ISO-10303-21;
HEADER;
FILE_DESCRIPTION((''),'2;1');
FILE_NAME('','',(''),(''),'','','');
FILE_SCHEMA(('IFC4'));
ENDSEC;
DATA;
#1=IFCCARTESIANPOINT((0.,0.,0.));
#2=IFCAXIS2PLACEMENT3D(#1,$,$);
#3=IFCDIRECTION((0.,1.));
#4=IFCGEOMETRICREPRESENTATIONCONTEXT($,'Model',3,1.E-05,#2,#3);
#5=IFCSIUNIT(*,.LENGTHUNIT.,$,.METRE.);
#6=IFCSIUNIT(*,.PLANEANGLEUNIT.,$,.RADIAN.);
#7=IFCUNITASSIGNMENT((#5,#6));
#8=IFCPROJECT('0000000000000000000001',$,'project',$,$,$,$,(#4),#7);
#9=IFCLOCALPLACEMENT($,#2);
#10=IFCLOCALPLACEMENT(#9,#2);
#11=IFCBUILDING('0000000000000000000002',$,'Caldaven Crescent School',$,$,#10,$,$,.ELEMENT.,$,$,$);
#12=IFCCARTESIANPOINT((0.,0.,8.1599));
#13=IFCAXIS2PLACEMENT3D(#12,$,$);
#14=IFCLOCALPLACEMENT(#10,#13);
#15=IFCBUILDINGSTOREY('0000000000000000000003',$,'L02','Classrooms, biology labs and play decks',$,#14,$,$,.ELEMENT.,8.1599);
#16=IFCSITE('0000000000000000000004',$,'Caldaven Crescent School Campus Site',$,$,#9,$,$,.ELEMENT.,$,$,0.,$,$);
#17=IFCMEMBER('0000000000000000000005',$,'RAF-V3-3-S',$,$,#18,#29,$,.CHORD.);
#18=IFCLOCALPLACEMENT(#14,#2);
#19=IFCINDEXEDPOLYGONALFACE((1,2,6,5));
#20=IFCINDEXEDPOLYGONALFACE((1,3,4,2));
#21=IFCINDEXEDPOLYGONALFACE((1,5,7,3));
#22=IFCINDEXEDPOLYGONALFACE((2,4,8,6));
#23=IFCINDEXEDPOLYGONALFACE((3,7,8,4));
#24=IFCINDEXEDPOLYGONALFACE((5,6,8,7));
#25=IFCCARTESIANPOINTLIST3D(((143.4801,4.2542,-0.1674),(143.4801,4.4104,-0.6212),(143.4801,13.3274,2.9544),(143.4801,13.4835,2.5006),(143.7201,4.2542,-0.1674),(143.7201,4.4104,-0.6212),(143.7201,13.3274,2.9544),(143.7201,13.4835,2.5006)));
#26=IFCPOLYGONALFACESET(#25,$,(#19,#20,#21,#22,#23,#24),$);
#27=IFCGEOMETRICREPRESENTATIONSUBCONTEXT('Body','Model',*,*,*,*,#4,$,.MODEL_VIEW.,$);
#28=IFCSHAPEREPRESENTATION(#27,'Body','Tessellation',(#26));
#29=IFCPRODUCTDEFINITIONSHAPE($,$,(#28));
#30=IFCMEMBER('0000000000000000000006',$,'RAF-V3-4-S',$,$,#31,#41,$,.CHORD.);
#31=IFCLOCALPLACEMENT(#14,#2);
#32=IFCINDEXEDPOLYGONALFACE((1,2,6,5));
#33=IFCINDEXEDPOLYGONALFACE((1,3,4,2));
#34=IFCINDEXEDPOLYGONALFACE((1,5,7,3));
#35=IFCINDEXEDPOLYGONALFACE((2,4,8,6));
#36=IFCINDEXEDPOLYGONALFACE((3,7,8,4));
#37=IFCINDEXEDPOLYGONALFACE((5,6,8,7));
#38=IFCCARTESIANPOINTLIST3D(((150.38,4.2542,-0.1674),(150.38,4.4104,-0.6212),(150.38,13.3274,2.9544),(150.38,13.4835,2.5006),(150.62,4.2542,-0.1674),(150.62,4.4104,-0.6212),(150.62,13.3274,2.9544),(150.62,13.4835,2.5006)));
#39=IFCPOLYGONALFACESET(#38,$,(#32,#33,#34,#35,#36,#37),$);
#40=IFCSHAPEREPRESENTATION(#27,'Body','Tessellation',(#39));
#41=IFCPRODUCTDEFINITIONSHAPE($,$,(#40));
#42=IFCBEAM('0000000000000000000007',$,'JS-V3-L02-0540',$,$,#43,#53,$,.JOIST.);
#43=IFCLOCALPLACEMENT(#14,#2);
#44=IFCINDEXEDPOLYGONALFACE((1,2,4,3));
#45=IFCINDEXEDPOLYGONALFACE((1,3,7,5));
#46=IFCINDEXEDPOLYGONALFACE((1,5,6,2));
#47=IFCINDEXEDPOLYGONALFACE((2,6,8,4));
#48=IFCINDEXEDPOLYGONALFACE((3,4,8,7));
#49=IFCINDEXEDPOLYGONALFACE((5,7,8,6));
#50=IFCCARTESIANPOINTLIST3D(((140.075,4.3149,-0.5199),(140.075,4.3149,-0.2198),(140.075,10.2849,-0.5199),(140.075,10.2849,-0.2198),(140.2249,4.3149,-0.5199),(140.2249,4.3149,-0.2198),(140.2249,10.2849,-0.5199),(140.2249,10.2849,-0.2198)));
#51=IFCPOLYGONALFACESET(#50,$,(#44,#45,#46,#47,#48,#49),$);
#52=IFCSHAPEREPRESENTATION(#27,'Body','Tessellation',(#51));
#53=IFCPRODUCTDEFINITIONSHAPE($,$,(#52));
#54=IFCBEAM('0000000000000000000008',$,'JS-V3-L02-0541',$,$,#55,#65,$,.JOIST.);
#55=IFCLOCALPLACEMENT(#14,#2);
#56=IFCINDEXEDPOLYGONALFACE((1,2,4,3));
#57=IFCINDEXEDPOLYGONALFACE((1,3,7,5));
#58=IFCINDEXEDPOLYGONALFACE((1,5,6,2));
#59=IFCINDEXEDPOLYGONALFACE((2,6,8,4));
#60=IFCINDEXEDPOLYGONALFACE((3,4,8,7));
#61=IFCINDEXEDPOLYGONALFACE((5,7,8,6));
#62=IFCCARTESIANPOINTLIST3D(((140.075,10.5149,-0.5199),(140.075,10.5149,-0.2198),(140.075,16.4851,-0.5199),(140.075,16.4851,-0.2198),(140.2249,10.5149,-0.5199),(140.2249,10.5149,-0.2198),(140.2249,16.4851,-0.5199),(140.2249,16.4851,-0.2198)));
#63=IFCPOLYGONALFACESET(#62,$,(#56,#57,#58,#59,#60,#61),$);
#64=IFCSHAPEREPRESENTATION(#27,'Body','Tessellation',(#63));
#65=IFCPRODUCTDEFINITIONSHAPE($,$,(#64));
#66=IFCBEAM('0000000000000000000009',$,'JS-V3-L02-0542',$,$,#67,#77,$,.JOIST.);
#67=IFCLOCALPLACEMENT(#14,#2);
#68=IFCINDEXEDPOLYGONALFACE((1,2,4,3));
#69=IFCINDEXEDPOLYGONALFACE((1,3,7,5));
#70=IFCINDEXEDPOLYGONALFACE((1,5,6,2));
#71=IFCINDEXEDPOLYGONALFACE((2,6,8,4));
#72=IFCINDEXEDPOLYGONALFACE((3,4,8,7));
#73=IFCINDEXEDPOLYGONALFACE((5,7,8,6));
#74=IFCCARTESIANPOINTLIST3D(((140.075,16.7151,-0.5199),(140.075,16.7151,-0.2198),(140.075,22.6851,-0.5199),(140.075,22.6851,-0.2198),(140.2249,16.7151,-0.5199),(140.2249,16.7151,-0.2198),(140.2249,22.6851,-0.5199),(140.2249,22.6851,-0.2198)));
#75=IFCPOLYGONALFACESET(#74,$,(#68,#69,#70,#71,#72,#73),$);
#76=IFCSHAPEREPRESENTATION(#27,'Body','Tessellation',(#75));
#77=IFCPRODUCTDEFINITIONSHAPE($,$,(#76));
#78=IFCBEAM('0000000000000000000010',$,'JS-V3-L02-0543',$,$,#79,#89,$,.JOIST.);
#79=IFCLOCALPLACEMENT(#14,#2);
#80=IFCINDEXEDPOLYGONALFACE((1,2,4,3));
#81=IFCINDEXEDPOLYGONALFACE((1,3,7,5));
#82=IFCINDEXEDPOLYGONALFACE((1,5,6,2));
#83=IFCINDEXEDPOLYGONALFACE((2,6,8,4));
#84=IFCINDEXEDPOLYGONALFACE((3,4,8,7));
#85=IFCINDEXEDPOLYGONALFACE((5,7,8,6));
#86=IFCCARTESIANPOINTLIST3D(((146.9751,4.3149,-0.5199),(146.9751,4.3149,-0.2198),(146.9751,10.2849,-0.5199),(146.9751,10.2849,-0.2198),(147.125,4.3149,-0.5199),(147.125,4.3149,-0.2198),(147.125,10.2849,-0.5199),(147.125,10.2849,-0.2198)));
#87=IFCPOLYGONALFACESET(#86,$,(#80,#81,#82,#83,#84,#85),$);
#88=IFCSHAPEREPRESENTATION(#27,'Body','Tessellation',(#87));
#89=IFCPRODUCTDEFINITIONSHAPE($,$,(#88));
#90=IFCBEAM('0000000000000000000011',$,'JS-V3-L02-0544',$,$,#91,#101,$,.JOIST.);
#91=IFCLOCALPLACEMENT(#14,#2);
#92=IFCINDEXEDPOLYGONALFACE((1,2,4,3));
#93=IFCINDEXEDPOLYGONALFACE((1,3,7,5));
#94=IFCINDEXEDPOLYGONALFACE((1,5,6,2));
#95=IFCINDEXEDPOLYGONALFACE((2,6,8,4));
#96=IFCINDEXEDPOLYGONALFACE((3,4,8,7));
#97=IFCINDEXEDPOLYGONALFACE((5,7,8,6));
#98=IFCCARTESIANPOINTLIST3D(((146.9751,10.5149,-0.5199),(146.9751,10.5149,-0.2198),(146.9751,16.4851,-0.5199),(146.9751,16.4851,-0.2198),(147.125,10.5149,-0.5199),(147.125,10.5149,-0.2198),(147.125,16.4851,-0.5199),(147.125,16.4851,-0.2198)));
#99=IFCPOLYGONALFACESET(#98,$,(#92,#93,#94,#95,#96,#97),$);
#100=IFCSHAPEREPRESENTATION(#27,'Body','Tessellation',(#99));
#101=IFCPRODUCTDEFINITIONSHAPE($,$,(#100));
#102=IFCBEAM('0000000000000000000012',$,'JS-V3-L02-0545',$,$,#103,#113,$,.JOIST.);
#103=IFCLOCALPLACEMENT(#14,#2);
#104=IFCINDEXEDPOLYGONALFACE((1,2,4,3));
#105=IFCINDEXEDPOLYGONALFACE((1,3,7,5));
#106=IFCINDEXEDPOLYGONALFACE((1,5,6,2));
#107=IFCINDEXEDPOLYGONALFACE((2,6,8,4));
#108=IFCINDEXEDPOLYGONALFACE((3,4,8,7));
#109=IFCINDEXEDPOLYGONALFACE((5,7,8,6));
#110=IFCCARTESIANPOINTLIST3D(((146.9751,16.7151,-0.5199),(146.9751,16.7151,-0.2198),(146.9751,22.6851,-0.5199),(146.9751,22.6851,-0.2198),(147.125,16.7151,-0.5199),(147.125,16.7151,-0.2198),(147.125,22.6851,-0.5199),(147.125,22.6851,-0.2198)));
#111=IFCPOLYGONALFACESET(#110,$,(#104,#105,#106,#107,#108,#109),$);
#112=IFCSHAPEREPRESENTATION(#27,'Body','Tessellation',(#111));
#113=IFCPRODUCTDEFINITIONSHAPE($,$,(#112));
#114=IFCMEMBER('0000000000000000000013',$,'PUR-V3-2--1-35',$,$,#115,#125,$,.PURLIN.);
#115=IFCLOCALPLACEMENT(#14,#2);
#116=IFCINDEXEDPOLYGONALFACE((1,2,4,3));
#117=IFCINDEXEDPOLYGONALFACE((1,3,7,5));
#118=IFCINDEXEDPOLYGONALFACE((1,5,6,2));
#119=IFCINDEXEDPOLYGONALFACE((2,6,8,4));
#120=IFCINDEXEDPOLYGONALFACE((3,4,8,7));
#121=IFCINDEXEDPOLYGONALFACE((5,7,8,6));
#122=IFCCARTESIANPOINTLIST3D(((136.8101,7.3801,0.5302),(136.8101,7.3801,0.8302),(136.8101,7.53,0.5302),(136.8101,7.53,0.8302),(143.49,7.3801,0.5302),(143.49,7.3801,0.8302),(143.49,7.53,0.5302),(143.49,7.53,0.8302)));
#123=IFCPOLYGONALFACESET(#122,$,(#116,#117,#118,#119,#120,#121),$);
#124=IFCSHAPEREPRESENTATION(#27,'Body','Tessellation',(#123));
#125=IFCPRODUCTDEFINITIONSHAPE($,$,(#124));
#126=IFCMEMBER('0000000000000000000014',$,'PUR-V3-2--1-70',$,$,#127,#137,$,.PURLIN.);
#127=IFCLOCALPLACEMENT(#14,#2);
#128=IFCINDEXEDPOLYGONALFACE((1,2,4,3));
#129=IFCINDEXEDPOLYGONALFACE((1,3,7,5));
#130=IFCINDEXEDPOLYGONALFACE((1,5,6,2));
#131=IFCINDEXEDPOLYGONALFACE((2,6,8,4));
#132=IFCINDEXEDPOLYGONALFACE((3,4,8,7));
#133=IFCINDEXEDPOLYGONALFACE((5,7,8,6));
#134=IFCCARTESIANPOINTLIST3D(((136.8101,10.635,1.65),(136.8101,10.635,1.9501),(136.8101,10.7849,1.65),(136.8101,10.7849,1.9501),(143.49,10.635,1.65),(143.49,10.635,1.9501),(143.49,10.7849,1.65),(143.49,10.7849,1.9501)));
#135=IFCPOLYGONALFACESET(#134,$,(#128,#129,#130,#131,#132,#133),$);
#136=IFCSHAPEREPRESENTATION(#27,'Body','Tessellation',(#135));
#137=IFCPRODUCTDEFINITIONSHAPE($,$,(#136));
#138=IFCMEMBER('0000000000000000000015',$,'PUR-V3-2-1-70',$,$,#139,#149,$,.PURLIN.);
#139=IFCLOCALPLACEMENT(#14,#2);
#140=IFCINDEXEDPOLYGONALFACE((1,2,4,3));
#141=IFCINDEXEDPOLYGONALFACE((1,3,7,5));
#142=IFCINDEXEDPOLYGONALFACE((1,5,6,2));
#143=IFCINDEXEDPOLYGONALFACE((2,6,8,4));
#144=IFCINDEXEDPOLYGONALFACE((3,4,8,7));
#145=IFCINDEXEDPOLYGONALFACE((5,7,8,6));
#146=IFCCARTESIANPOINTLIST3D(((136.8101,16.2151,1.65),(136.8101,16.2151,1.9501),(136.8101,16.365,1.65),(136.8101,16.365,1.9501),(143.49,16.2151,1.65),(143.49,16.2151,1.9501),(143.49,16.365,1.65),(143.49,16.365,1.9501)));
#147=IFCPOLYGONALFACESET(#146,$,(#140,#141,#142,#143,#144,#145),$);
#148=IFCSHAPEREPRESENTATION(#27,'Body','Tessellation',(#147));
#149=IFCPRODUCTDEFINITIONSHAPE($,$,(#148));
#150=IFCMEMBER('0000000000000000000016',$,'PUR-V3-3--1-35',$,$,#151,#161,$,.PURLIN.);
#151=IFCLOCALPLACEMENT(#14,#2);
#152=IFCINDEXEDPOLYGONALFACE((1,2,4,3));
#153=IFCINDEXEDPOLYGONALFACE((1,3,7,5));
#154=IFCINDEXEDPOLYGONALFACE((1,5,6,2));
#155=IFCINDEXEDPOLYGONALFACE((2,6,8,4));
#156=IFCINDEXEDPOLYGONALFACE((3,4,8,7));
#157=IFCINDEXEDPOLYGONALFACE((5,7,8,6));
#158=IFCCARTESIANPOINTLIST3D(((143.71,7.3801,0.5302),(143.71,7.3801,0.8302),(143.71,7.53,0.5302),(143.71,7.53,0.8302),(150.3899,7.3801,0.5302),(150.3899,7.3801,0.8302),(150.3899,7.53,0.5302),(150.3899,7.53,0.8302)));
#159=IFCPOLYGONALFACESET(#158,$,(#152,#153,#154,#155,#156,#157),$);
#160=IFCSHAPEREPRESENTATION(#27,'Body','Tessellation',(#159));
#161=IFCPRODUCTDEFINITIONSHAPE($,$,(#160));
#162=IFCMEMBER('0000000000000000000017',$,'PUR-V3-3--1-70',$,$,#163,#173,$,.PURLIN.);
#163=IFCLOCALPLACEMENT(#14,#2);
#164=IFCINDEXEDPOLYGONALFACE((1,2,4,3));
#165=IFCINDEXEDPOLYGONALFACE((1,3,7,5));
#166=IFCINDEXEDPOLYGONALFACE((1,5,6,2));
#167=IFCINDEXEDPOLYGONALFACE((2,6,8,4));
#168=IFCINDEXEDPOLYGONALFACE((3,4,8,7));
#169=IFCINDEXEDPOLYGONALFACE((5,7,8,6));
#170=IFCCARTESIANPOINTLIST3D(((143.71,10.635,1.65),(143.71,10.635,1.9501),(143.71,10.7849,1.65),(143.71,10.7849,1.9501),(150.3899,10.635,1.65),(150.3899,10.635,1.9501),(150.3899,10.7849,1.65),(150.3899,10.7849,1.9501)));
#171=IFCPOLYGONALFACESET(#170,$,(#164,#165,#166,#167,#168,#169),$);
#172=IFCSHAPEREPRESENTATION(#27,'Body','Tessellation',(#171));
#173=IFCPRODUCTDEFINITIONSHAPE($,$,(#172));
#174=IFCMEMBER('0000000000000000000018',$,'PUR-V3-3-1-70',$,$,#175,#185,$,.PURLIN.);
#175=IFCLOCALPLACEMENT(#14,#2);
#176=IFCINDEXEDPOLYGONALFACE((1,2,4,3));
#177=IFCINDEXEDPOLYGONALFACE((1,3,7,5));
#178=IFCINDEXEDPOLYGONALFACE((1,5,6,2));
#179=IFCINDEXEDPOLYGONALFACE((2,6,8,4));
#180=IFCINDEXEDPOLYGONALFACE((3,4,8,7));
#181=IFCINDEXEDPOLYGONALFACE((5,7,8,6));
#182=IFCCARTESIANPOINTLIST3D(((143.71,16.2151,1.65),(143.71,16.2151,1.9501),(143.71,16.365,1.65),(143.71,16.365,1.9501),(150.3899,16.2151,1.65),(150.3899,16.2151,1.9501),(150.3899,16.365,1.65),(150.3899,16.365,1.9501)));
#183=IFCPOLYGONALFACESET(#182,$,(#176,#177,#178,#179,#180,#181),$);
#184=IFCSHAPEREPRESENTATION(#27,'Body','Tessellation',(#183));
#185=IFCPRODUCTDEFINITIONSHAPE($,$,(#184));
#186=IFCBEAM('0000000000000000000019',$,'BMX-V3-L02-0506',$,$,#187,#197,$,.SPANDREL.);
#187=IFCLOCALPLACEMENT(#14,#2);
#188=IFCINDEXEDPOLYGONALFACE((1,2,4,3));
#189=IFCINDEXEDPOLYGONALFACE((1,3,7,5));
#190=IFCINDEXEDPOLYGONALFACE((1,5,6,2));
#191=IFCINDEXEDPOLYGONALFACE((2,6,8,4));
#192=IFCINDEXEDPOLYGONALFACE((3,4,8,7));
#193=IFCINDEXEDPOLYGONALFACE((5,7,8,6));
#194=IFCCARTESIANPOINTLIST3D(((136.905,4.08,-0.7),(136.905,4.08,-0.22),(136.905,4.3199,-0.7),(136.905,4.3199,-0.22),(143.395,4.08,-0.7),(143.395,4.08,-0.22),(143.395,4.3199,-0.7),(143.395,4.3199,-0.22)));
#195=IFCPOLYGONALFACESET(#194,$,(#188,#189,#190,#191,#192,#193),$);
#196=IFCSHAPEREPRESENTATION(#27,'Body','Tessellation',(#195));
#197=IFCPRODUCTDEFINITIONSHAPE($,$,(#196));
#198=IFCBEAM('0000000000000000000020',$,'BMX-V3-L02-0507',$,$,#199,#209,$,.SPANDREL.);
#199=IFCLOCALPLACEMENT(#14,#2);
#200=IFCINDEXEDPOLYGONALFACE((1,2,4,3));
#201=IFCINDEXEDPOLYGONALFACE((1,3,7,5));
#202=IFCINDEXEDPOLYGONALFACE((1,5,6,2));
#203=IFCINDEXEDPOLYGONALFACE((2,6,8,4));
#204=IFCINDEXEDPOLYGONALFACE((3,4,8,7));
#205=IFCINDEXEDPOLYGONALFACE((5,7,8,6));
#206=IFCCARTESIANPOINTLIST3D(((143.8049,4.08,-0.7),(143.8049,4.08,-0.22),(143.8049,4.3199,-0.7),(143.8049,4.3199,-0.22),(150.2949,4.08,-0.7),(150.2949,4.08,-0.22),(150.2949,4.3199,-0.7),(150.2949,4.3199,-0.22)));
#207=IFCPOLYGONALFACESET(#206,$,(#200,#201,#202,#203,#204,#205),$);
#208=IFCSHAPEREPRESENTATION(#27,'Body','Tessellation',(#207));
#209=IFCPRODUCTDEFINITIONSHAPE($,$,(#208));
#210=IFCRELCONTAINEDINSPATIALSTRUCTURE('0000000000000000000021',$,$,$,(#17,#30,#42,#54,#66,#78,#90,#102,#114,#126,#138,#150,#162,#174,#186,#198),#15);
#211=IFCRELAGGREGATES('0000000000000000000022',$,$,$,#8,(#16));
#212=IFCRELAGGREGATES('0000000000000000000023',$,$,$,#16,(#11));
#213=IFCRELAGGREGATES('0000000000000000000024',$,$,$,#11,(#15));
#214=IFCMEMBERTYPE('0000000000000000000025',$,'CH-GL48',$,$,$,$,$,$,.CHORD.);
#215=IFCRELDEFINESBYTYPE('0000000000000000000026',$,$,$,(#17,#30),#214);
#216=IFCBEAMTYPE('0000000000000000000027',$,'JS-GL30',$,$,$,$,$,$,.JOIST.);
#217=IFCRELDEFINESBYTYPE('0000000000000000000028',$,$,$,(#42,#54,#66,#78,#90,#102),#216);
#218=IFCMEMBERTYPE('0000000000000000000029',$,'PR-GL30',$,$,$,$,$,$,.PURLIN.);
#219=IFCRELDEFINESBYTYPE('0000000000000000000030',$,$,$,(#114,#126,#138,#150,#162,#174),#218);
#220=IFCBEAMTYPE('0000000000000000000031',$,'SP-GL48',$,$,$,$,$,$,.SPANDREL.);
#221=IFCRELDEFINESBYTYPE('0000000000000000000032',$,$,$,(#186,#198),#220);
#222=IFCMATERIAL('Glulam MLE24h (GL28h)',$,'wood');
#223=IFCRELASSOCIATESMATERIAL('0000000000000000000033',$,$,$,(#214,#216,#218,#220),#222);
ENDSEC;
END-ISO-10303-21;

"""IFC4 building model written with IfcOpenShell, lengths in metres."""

from ifc_helpers import new_model, si_unit, direction, frame, origin, origin_2d, place, context, subcontext, project, spatial, rectangle, extrude, material, material_profile, profile_set, type_object, element, save


model = new_model("IFC4")

# Units and contexts
model_context = context("Model", 3, precision=1e-05, world=origin(), true_north=direction((0.0, 1.0)))
body_context = subcontext(model_context, "Body", "Model", "MODEL_VIEW")
ifc_project = project(units=[si_unit("LENGTHUNIT", "METRE"), si_unit("PLANEANGLEUNIT", "RADIAN")], contexts=[model_context])

# Site, building, storey
site_placement = place(None, origin())
site = spatial("IfcSite", under=ifc_project, at=site_placement, Name="Caldaven Crescent School Campus Site", CompositionType="ELEMENT", RefElevation=0.0)
building_placement = place(site_placement, origin())
building = spatial("IfcBuilding", under=site, at=building_placement, Name="Caldaven Crescent School", CompositionType="ELEMENT")
storey_placement = place(building_placement, frame((0.0, 0.0, 8.1599)))
storey = spatial("IfcBuildingStorey", under=building, at=storey_placement, Name="L02", Description="Classrooms, biology labs and play decks", CompositionType="ELEMENT", Elevation=8.1599)

# Shared definitions
ifc_material_1 = material(Name="Glulam MLE24h (GL28h)", Category="wood")

# Members
ifc_material_profile_1 = material_profile(ifc_material_1, rectangle(XDim=0.24, YDim=0.48, at=origin_2d()), Name="MLE 240x480")
ifc_profile_set_1 = profile_set([ifc_material_profile_1], Name="Glulam MLE24h (GL28h)")
member_type_1 = type_object("IfcMemberType", Name="CH-GL48", PredefinedType="CHORD", material=ifc_profile_set_1)
for number, where, z_axis, x_axis, name in (
    (1, (143.6001, 4.3323, -0.3943), (0.0, 0.945594, 0.32535), (-1.0, 0.0, 0.0), "RAF-V3-3-S"),
    (2, (150.5, 4.3323, -0.3943), (0.0, 0.945594, 0.32535), (-1.0, 0.0, 0.0), "RAF-V3-4-S"),
):
    element("IfcMember", number, at=place(storey_placement, frame(where, z_axis=z_axis, x_axis=x_axis)), inside=storey, type_object=member_type_1, Name=name, PredefinedType="CHORD", context=body_context, shape_type="SweptSolid", body=[
        extrude(rectangle(XDim=0.24, YDim=0.48, at=origin_2d()), origin(), (0.0, 0.0, 1.0), 9.5952),
    ])

# Beams
ifc_material_profile_2 = material_profile(ifc_material_1, rectangle(XDim=0.1499, YDim=0.3, at=origin_2d()), Name="MLE 150x300")
ifc_profile_set_2 = profile_set([ifc_material_profile_2], Name="Glulam MLE24h (GL28h)")
beam_type_1 = type_object("IfcBeamType", Name="JS-GL30", PredefinedType="JOIST", material=ifc_profile_set_2)
beam_1_placement = place(storey_placement, frame((140.1499, 4.3149, -0.3699), z_axis=(0.0, 1.0, 0.0), x_axis=(-1.0, 0.0, 0.0)))
element("IfcBeam", 3, at=beam_1_placement, inside=storey, type_object=beam_type_1, Name="JS-V3-L02-0540", PredefinedType="JOIST", context=body_context, shape_type="SweptSolid", body=[
    extrude(rectangle(XDim=0.1499, YDim=0.3, at=origin_2d()), origin(), (0.0, 0.0, 1.0), 5.97),
])
beam_2_placement = place(storey_placement, frame((140.1499, 10.5149, -0.3699), z_axis=(0.0, 1.0, 0.0), x_axis=(-1.0, 0.0, 0.0)))
element("IfcBeam", 4, at=beam_2_placement, inside=storey, type_object=beam_type_1, Name="JS-V3-L02-0541", PredefinedType="JOIST", context=body_context, shape_type="SweptSolid", body=[
    extrude(rectangle(XDim=0.1499, YDim=0.3, at=origin_2d()), origin(), (0.0, 0.0, 1.0), 5.9702),
])
for number, where, z_axis, x_axis, name in (
    (5, (140.1499, 16.7151, -0.3699), (0.0, 1.0, 0.0), (-1.0, 0.0, 0.0), "JS-V3-L02-0542"),
    (6, (147.05, 4.3149, -0.3699), (0.0, 1.0, 0.0), (-1.0, 0.0, 0.0), "JS-V3-L02-0543"),
):
    element("IfcBeam", number, at=place(storey_placement, frame(where, z_axis=z_axis, x_axis=x_axis)), inside=storey, type_object=beam_type_1, Name=name, PredefinedType="JOIST", context=body_context, shape_type="SweptSolid", body=[
        extrude(rectangle(XDim=0.1499, YDim=0.3, at=origin_2d()), origin(), (0.0, 0.0, 1.0), 5.97),
    ])
beam_3_placement = place(storey_placement, frame((147.05, 10.5149, -0.3699), z_axis=(0.0, 1.0, 0.0), x_axis=(-1.0, 0.0, 0.0)))
element("IfcBeam", 7, at=beam_3_placement, inside=storey, type_object=beam_type_1, Name="JS-V3-L02-0544", PredefinedType="JOIST", context=body_context, shape_type="SweptSolid", body=[
    extrude(rectangle(XDim=0.1499, YDim=0.3, at=origin_2d()), origin(), (0.0, 0.0, 1.0), 5.9702),
])
beam_4_placement = place(storey_placement, frame((147.05, 16.7151, -0.3699), z_axis=(0.0, 1.0, 0.0), x_axis=(-1.0, 0.0, 0.0)))
element("IfcBeam", 8, at=beam_4_placement, inside=storey, type_object=beam_type_1, Name="JS-V3-L02-0545", PredefinedType="JOIST", context=body_context, shape_type="SweptSolid", body=[
    extrude(rectangle(XDim=0.1499, YDim=0.3, at=origin_2d()), origin(), (0.0, 0.0, 1.0), 5.97),
])

# Members
ifc_material_profile_3 = material_profile(ifc_material_1, rectangle(XDim=0.1499, YDim=0.3, at=origin_2d()), Name="MLE 150x300")
ifc_profile_set_3 = profile_set([ifc_material_profile_3], Name="Glulam MLE24h (GL28h)")
member_type_2 = type_object("IfcMemberType", Name="PR-GL30", PredefinedType="PURLIN", material=ifc_profile_set_3)
for number, where, z_axis, x_axis, name in (
    (9, (136.8101, 7.4551, 0.6802), (1.0, 0.0, 0.0), (0.0, 1.0, 0.0), "PUR-V3-2--1-35"),
    (10, (136.8101, 10.71, 1.8), (1.0, 0.0, 0.0), (0.0, 1.0, 0.0), "PUR-V3-2--1-70"),
    (11, (136.8101, 16.29, 1.8), (1.0, 0.0, 0.0), (0.0, 1.0, 0.0), "PUR-V3-2-1-70"),
    (12, (143.71, 7.4551, 0.6802), (1.0, 0.0, 0.0), (0.0, 1.0, 0.0), "PUR-V3-3--1-35"),
    (13, (143.71, 10.71, 1.8), (1.0, 0.0, 0.0), (0.0, 1.0, 0.0), "PUR-V3-3--1-70"),
    (14, (143.71, 16.29, 1.8), (1.0, 0.0, 0.0), (0.0, 1.0, 0.0), "PUR-V3-3-1-70"),
):
    element("IfcMember", number, at=place(storey_placement, frame(where, z_axis=z_axis, x_axis=x_axis)), inside=storey, type_object=member_type_2, Name=name, PredefinedType="PURLIN", context=body_context, shape_type="SweptSolid", body=[
        extrude(rectangle(XDim=0.1499, YDim=0.3, at=origin_2d()), origin(), (0.0, 0.0, 1.0), 6.6799),
    ])

# Beams
ifc_material_profile_4 = material_profile(ifc_material_1, rectangle(XDim=0.24, YDim=0.48, at=origin_2d()), Name="MLE 240x480")
ifc_profile_set_4 = profile_set([ifc_material_profile_4], Name="Glulam MLE24h (GL28h)")
beam_type_2 = type_object("IfcBeamType", Name="SP-GL48", PredefinedType="SPANDREL", material=ifc_profile_set_4)
for number, where, z_axis, x_axis, name in (
    (15, (136.905, 4.2, -0.46), (1.0, 0.0, 0.0), (0.0, 1.0, 0.0), "BMX-V3-L02-0506"),
    (16, (143.8049, 4.2, -0.46), (1.0, 0.0, 0.0), (0.0, 1.0, 0.0), "BMX-V3-L02-0507"),
):
    element("IfcBeam", number, at=place(storey_placement, frame(where, z_axis=z_axis, x_axis=x_axis)), inside=storey, type_object=beam_type_2, Name=name, PredefinedType="SPANDREL", context=body_context, shape_type="SweptSolid", body=[
        extrude(rectangle(XDim=0.24, YDim=0.48, at=origin_2d()), origin(), (0.0, 0.0, 1.0), 6.49),
    ])

save(model, "model.ifc")
